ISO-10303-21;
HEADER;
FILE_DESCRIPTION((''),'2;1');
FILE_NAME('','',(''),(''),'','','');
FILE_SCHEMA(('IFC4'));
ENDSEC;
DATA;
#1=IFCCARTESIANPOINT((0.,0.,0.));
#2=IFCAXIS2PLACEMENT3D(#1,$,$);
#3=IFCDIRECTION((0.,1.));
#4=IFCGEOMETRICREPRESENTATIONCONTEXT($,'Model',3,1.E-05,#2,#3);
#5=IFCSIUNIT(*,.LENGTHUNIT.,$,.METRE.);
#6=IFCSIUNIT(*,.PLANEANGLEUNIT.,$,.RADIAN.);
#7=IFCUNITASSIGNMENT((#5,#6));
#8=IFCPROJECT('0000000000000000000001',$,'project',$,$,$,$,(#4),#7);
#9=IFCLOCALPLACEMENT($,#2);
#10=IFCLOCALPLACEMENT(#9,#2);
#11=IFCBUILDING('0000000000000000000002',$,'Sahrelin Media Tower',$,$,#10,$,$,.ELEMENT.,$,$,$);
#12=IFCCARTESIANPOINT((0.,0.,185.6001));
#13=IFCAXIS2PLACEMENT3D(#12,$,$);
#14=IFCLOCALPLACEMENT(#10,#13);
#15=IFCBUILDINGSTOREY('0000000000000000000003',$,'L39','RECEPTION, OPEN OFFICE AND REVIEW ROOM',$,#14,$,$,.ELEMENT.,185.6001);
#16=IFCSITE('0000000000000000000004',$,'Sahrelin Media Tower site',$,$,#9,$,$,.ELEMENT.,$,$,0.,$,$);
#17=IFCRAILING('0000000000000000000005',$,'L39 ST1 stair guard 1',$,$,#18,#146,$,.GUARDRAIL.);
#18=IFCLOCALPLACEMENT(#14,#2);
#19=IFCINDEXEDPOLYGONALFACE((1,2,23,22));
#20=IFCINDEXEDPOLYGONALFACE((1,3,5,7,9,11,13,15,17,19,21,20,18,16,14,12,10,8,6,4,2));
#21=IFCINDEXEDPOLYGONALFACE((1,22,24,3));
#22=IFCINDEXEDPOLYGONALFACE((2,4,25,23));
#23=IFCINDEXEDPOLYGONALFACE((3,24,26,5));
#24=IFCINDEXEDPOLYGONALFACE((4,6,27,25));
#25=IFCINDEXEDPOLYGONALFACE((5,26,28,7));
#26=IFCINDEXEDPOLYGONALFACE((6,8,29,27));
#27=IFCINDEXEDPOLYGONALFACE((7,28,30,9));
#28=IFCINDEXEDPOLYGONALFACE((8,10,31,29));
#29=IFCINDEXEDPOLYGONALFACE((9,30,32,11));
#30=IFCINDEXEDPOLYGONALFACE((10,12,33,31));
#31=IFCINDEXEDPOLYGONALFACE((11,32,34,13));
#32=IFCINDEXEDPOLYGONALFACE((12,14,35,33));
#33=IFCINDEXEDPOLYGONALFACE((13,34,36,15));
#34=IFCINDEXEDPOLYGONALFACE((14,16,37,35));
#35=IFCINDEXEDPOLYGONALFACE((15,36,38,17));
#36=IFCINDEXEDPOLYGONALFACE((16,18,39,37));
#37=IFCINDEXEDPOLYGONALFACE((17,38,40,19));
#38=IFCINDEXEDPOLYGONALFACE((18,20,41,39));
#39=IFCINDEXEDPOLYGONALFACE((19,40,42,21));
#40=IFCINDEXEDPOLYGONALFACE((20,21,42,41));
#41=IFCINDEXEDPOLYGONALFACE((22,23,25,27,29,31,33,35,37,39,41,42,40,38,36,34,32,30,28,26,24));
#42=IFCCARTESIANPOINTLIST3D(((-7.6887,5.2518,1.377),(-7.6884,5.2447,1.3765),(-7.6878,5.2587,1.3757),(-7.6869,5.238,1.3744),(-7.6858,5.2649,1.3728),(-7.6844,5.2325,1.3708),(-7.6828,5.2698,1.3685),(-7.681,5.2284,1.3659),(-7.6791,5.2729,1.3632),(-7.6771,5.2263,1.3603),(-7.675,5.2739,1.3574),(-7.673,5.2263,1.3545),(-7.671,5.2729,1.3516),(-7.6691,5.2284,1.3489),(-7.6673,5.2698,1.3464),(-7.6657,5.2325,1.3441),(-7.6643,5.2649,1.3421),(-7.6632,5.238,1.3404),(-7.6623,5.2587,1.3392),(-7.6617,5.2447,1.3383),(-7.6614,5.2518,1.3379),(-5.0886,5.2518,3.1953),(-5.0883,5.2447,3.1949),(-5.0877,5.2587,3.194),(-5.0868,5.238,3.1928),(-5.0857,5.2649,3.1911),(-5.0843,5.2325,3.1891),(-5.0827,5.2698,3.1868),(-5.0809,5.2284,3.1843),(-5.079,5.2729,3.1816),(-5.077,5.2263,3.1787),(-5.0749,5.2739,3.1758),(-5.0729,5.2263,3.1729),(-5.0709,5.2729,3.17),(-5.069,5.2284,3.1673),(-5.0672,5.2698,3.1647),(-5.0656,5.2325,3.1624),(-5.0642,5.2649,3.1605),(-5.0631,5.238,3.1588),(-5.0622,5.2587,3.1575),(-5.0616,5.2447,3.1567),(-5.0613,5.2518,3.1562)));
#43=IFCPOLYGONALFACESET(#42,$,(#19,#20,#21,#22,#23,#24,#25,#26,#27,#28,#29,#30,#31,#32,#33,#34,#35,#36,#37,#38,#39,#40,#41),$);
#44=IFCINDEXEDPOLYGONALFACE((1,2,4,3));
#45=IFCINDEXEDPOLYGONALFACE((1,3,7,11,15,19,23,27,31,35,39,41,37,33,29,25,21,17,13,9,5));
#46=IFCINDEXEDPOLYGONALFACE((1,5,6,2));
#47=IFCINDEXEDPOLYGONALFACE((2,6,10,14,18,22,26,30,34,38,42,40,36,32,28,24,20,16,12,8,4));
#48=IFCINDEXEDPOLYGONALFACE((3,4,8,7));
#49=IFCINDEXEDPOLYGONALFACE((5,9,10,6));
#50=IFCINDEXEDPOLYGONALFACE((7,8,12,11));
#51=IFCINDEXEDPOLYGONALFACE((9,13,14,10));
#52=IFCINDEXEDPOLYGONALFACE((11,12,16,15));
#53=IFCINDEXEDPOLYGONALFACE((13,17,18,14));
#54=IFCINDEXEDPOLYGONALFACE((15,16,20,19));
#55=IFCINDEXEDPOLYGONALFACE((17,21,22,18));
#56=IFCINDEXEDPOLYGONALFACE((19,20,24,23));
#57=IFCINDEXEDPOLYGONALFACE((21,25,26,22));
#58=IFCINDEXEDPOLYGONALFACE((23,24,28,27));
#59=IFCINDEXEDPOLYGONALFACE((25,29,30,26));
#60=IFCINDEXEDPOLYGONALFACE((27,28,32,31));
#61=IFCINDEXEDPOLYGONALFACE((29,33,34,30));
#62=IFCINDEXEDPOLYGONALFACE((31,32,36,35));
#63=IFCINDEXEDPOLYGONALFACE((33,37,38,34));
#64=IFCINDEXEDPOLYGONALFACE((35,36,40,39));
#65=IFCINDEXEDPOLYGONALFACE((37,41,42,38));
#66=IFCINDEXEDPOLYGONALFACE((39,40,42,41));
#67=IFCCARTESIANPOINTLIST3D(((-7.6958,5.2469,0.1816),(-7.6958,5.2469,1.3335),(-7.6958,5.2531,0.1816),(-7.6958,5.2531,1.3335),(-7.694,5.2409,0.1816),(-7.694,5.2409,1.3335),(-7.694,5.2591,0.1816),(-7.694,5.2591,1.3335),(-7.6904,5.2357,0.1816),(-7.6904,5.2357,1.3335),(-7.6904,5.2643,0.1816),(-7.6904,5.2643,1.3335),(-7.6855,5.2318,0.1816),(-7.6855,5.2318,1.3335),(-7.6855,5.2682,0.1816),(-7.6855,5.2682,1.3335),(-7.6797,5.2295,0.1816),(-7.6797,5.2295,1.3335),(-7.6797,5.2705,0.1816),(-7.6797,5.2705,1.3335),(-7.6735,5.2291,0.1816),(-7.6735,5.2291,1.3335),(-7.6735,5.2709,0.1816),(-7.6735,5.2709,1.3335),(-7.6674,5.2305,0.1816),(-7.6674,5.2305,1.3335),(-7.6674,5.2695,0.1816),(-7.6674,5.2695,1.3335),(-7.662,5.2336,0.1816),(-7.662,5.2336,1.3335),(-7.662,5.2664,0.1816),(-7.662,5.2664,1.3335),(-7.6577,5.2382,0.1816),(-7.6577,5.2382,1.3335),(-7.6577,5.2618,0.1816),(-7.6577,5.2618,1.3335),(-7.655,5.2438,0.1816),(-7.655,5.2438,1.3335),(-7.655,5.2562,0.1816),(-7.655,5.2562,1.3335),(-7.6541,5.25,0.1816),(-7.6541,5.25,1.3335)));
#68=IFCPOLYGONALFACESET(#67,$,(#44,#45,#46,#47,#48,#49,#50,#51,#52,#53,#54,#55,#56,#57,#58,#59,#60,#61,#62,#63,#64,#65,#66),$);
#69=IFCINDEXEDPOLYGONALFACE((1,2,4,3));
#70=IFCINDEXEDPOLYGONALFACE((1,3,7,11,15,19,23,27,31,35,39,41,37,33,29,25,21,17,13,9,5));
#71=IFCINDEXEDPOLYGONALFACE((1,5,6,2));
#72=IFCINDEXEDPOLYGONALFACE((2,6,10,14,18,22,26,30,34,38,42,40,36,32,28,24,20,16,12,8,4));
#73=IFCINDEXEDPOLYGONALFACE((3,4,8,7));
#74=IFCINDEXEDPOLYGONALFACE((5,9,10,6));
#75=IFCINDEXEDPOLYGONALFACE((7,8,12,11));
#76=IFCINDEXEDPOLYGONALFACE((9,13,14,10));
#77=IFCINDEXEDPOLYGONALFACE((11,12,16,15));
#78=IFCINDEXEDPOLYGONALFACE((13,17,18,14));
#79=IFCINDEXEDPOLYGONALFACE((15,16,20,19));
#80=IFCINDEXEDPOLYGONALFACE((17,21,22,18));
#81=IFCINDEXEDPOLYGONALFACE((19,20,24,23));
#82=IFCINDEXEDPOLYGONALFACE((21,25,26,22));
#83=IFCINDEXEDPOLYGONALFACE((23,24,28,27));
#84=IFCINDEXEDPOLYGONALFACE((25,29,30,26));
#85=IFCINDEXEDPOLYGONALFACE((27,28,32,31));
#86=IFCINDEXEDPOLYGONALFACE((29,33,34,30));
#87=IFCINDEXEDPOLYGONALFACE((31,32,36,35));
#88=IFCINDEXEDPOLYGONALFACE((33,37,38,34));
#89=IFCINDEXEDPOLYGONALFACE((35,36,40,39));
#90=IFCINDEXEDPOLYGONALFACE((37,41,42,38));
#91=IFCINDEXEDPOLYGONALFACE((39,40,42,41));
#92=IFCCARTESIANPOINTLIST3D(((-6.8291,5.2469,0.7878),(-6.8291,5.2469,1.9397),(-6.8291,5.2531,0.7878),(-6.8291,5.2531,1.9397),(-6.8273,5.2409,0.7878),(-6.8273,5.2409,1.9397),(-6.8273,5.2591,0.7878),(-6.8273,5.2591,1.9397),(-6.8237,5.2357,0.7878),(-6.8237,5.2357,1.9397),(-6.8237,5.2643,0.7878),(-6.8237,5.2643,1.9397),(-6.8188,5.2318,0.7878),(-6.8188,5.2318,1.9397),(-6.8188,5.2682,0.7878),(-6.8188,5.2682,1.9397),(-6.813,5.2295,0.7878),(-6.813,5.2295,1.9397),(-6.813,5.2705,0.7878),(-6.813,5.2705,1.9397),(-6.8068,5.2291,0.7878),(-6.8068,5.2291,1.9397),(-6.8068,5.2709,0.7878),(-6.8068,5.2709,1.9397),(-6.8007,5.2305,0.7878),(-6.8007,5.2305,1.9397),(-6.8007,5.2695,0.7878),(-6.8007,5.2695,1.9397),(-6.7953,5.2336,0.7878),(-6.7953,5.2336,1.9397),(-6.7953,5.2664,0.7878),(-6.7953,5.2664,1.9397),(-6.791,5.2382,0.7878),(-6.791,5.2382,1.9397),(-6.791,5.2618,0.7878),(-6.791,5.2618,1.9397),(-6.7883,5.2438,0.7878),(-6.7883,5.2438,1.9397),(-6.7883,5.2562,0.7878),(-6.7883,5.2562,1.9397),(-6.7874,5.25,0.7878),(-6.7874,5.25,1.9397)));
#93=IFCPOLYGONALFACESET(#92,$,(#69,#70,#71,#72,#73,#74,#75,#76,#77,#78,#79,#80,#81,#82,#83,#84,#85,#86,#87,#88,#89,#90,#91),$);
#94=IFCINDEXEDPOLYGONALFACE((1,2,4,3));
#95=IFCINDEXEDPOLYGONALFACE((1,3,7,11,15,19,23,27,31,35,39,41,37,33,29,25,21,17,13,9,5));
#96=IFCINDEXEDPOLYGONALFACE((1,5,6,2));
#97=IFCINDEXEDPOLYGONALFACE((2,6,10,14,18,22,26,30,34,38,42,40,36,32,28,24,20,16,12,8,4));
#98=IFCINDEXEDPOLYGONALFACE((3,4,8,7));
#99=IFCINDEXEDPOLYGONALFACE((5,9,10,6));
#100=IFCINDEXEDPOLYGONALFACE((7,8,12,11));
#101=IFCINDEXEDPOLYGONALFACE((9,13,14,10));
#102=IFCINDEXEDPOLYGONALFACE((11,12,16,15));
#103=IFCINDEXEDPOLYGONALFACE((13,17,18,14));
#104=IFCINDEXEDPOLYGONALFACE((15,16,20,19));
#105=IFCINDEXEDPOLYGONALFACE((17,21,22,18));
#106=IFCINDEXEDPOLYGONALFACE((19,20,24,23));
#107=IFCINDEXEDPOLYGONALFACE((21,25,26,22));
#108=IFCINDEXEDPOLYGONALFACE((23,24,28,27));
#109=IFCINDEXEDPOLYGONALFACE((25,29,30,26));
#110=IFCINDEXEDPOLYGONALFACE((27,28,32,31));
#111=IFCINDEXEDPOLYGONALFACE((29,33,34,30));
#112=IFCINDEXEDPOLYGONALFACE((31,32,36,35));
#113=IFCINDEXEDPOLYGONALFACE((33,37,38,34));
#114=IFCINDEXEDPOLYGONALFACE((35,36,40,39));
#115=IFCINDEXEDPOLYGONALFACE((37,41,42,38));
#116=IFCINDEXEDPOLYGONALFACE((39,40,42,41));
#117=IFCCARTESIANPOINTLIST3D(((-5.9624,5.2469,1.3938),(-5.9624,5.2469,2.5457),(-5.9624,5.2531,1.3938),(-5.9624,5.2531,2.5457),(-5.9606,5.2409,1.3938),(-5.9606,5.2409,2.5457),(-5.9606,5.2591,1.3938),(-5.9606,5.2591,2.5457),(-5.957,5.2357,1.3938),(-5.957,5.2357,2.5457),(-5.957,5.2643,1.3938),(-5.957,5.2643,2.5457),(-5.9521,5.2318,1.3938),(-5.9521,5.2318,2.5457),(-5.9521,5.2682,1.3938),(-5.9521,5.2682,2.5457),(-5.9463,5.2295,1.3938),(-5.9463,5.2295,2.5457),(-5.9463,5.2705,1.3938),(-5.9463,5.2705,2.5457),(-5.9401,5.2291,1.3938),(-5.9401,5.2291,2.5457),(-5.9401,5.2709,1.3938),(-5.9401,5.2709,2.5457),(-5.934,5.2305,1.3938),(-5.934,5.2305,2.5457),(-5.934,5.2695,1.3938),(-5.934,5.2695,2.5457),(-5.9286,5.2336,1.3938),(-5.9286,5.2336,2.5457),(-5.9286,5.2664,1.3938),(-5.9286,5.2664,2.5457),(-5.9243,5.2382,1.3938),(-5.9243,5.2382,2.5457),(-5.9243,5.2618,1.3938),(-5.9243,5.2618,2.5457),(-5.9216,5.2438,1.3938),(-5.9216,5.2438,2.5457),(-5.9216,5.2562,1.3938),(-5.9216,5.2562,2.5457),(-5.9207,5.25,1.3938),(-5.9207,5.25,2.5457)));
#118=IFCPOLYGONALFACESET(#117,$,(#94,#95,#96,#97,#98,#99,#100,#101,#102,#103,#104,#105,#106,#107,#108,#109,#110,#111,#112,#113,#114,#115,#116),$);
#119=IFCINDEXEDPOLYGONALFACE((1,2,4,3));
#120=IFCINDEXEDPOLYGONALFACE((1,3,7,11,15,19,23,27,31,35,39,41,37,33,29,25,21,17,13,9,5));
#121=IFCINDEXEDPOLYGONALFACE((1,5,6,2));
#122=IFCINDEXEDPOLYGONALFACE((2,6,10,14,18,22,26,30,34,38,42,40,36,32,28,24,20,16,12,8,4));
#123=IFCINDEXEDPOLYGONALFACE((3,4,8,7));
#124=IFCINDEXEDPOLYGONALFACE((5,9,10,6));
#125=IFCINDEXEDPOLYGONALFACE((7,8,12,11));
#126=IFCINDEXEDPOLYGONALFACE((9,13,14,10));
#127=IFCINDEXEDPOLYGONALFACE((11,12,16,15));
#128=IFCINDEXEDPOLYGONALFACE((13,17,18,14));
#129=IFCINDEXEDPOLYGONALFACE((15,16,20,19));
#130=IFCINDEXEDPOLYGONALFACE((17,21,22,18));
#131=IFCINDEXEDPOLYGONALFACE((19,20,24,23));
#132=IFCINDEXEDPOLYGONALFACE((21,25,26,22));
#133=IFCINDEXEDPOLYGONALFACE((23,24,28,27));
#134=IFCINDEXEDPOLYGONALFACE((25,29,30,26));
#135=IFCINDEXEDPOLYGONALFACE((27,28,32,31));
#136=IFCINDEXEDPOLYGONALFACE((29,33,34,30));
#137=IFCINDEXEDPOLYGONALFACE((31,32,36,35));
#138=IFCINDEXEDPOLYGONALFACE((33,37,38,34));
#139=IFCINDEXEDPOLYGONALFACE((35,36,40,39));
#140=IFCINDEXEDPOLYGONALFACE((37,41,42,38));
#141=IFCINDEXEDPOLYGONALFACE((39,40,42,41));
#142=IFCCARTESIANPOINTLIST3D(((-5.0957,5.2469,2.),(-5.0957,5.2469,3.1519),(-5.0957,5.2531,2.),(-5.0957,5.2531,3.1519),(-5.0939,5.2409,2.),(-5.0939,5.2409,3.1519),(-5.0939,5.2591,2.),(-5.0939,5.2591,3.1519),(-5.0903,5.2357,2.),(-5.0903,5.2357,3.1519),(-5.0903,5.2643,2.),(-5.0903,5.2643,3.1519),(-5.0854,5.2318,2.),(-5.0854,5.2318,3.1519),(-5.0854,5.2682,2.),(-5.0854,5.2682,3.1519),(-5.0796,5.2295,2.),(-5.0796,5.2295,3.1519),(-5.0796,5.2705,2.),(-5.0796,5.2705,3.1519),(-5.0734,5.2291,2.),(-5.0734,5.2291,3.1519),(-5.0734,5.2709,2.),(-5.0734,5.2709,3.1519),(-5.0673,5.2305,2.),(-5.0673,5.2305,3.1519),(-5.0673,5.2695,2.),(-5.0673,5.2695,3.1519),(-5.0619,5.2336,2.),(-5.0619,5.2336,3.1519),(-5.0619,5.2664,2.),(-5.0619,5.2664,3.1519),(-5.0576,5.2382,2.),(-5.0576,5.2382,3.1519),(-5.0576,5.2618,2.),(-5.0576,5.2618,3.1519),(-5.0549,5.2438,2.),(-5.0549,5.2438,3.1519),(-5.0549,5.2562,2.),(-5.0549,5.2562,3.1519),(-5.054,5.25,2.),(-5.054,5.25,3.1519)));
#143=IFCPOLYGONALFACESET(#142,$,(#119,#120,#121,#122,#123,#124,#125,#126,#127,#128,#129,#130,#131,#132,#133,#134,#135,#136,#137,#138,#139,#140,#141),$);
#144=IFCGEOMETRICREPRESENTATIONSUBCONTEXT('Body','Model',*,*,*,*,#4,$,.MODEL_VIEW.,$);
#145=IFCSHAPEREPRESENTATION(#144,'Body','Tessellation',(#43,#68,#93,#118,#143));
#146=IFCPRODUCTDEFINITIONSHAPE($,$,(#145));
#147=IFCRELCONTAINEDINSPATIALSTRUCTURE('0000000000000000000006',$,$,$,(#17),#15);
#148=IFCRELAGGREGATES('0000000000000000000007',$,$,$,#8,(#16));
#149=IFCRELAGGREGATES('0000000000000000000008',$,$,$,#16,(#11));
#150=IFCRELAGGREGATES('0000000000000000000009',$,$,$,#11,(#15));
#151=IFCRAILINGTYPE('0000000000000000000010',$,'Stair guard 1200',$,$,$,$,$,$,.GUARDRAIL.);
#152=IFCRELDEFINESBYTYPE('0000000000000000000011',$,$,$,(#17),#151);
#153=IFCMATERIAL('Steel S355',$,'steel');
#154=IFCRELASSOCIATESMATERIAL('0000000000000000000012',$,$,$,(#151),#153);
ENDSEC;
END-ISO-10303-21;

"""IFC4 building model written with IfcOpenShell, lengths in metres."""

from ifc_helpers import new_model, si_unit, direction, frame, origin, origin_2d, place, context, subcontext, project, spatial, circle, extrude, material, type_object, element, save


model = new_model("IFC4")

# Units and contexts
model_context = context("Model", 3, precision=1e-05, world=origin(), true_north=direction((0.0, 1.0)))
body_context = subcontext(model_context, "Body", "Model", "MODEL_VIEW")
ifc_project = project(units=[si_unit("LENGTHUNIT", "METRE"), si_unit("PLANEANGLEUNIT", "RADIAN")], contexts=[model_context])

# Site, building, storey
site_placement = place(None, origin())
site = spatial("IfcSite", under=ifc_project, at=site_placement, Name="Sahrelin Media Tower site", CompositionType="ELEMENT", RefElevation=0.0)
building_placement = place(site_placement, origin())
building = spatial("IfcBuilding", under=site, at=building_placement, Name="Sahrelin Media Tower", CompositionType="ELEMENT")
storey_placement = place(building_placement, frame((0.0, 0.0, 185.6001)))
storey = spatial("IfcBuildingStorey", under=building, at=storey_placement, Name="L39", Description="RECEPTION, OPEN OFFICE AND REVIEW ROOM", CompositionType="ELEMENT", Elevation=185.6001)

# Shared definitions
ifc_material_1 = material(Name="Steel S355", Category="steel")

# Railing
railing_type_1 = type_object("IfcRailingType", Name="Stair guard 1200", PredefinedType="GUARDRAIL", material=ifc_material_1)
railing_1_placement = place(storey_placement, frame((-7.675, 5.25, 0.1816)))
element("IfcRailing", 1, at=railing_1_placement, inside=storey, type_object=railing_type_1, Name="L39 ST1 stair guard 1", PredefinedType="GUARDRAIL", context=body_context, shape_type="SweptSolid", body=[
    extrude(circle(Radius=0.0239, at=origin_2d()), frame((0.0, 0.0, 1.1758), z_axis=(0.819485, 0.0, 0.573101), x_axis=(0.0, 1.0, 0.0)), (0.0, 0.0, 1.0), 3.1729),
    extrude(circle(Radius=0.021, at=origin_2d()), origin(), (0.0, 0.0, 1.0), 1.1519),
    extrude(circle(Radius=0.021, at=origin_2d()), frame((0.8667, 0.0, 0.6062)), (0.0, 0.0, 1.0), 1.1519),
    extrude(circle(Radius=0.021, at=origin_2d()), frame((1.7334, 0.0, 1.2122)), (0.0, 0.0, 1.0), 1.1519),
    extrude(circle(Radius=0.021, at=origin_2d()), frame((2.6001, 0.0, 1.8184)), (0.0, 0.0, 1.0), 1.1519),
])

save(model, "model.ifc")
